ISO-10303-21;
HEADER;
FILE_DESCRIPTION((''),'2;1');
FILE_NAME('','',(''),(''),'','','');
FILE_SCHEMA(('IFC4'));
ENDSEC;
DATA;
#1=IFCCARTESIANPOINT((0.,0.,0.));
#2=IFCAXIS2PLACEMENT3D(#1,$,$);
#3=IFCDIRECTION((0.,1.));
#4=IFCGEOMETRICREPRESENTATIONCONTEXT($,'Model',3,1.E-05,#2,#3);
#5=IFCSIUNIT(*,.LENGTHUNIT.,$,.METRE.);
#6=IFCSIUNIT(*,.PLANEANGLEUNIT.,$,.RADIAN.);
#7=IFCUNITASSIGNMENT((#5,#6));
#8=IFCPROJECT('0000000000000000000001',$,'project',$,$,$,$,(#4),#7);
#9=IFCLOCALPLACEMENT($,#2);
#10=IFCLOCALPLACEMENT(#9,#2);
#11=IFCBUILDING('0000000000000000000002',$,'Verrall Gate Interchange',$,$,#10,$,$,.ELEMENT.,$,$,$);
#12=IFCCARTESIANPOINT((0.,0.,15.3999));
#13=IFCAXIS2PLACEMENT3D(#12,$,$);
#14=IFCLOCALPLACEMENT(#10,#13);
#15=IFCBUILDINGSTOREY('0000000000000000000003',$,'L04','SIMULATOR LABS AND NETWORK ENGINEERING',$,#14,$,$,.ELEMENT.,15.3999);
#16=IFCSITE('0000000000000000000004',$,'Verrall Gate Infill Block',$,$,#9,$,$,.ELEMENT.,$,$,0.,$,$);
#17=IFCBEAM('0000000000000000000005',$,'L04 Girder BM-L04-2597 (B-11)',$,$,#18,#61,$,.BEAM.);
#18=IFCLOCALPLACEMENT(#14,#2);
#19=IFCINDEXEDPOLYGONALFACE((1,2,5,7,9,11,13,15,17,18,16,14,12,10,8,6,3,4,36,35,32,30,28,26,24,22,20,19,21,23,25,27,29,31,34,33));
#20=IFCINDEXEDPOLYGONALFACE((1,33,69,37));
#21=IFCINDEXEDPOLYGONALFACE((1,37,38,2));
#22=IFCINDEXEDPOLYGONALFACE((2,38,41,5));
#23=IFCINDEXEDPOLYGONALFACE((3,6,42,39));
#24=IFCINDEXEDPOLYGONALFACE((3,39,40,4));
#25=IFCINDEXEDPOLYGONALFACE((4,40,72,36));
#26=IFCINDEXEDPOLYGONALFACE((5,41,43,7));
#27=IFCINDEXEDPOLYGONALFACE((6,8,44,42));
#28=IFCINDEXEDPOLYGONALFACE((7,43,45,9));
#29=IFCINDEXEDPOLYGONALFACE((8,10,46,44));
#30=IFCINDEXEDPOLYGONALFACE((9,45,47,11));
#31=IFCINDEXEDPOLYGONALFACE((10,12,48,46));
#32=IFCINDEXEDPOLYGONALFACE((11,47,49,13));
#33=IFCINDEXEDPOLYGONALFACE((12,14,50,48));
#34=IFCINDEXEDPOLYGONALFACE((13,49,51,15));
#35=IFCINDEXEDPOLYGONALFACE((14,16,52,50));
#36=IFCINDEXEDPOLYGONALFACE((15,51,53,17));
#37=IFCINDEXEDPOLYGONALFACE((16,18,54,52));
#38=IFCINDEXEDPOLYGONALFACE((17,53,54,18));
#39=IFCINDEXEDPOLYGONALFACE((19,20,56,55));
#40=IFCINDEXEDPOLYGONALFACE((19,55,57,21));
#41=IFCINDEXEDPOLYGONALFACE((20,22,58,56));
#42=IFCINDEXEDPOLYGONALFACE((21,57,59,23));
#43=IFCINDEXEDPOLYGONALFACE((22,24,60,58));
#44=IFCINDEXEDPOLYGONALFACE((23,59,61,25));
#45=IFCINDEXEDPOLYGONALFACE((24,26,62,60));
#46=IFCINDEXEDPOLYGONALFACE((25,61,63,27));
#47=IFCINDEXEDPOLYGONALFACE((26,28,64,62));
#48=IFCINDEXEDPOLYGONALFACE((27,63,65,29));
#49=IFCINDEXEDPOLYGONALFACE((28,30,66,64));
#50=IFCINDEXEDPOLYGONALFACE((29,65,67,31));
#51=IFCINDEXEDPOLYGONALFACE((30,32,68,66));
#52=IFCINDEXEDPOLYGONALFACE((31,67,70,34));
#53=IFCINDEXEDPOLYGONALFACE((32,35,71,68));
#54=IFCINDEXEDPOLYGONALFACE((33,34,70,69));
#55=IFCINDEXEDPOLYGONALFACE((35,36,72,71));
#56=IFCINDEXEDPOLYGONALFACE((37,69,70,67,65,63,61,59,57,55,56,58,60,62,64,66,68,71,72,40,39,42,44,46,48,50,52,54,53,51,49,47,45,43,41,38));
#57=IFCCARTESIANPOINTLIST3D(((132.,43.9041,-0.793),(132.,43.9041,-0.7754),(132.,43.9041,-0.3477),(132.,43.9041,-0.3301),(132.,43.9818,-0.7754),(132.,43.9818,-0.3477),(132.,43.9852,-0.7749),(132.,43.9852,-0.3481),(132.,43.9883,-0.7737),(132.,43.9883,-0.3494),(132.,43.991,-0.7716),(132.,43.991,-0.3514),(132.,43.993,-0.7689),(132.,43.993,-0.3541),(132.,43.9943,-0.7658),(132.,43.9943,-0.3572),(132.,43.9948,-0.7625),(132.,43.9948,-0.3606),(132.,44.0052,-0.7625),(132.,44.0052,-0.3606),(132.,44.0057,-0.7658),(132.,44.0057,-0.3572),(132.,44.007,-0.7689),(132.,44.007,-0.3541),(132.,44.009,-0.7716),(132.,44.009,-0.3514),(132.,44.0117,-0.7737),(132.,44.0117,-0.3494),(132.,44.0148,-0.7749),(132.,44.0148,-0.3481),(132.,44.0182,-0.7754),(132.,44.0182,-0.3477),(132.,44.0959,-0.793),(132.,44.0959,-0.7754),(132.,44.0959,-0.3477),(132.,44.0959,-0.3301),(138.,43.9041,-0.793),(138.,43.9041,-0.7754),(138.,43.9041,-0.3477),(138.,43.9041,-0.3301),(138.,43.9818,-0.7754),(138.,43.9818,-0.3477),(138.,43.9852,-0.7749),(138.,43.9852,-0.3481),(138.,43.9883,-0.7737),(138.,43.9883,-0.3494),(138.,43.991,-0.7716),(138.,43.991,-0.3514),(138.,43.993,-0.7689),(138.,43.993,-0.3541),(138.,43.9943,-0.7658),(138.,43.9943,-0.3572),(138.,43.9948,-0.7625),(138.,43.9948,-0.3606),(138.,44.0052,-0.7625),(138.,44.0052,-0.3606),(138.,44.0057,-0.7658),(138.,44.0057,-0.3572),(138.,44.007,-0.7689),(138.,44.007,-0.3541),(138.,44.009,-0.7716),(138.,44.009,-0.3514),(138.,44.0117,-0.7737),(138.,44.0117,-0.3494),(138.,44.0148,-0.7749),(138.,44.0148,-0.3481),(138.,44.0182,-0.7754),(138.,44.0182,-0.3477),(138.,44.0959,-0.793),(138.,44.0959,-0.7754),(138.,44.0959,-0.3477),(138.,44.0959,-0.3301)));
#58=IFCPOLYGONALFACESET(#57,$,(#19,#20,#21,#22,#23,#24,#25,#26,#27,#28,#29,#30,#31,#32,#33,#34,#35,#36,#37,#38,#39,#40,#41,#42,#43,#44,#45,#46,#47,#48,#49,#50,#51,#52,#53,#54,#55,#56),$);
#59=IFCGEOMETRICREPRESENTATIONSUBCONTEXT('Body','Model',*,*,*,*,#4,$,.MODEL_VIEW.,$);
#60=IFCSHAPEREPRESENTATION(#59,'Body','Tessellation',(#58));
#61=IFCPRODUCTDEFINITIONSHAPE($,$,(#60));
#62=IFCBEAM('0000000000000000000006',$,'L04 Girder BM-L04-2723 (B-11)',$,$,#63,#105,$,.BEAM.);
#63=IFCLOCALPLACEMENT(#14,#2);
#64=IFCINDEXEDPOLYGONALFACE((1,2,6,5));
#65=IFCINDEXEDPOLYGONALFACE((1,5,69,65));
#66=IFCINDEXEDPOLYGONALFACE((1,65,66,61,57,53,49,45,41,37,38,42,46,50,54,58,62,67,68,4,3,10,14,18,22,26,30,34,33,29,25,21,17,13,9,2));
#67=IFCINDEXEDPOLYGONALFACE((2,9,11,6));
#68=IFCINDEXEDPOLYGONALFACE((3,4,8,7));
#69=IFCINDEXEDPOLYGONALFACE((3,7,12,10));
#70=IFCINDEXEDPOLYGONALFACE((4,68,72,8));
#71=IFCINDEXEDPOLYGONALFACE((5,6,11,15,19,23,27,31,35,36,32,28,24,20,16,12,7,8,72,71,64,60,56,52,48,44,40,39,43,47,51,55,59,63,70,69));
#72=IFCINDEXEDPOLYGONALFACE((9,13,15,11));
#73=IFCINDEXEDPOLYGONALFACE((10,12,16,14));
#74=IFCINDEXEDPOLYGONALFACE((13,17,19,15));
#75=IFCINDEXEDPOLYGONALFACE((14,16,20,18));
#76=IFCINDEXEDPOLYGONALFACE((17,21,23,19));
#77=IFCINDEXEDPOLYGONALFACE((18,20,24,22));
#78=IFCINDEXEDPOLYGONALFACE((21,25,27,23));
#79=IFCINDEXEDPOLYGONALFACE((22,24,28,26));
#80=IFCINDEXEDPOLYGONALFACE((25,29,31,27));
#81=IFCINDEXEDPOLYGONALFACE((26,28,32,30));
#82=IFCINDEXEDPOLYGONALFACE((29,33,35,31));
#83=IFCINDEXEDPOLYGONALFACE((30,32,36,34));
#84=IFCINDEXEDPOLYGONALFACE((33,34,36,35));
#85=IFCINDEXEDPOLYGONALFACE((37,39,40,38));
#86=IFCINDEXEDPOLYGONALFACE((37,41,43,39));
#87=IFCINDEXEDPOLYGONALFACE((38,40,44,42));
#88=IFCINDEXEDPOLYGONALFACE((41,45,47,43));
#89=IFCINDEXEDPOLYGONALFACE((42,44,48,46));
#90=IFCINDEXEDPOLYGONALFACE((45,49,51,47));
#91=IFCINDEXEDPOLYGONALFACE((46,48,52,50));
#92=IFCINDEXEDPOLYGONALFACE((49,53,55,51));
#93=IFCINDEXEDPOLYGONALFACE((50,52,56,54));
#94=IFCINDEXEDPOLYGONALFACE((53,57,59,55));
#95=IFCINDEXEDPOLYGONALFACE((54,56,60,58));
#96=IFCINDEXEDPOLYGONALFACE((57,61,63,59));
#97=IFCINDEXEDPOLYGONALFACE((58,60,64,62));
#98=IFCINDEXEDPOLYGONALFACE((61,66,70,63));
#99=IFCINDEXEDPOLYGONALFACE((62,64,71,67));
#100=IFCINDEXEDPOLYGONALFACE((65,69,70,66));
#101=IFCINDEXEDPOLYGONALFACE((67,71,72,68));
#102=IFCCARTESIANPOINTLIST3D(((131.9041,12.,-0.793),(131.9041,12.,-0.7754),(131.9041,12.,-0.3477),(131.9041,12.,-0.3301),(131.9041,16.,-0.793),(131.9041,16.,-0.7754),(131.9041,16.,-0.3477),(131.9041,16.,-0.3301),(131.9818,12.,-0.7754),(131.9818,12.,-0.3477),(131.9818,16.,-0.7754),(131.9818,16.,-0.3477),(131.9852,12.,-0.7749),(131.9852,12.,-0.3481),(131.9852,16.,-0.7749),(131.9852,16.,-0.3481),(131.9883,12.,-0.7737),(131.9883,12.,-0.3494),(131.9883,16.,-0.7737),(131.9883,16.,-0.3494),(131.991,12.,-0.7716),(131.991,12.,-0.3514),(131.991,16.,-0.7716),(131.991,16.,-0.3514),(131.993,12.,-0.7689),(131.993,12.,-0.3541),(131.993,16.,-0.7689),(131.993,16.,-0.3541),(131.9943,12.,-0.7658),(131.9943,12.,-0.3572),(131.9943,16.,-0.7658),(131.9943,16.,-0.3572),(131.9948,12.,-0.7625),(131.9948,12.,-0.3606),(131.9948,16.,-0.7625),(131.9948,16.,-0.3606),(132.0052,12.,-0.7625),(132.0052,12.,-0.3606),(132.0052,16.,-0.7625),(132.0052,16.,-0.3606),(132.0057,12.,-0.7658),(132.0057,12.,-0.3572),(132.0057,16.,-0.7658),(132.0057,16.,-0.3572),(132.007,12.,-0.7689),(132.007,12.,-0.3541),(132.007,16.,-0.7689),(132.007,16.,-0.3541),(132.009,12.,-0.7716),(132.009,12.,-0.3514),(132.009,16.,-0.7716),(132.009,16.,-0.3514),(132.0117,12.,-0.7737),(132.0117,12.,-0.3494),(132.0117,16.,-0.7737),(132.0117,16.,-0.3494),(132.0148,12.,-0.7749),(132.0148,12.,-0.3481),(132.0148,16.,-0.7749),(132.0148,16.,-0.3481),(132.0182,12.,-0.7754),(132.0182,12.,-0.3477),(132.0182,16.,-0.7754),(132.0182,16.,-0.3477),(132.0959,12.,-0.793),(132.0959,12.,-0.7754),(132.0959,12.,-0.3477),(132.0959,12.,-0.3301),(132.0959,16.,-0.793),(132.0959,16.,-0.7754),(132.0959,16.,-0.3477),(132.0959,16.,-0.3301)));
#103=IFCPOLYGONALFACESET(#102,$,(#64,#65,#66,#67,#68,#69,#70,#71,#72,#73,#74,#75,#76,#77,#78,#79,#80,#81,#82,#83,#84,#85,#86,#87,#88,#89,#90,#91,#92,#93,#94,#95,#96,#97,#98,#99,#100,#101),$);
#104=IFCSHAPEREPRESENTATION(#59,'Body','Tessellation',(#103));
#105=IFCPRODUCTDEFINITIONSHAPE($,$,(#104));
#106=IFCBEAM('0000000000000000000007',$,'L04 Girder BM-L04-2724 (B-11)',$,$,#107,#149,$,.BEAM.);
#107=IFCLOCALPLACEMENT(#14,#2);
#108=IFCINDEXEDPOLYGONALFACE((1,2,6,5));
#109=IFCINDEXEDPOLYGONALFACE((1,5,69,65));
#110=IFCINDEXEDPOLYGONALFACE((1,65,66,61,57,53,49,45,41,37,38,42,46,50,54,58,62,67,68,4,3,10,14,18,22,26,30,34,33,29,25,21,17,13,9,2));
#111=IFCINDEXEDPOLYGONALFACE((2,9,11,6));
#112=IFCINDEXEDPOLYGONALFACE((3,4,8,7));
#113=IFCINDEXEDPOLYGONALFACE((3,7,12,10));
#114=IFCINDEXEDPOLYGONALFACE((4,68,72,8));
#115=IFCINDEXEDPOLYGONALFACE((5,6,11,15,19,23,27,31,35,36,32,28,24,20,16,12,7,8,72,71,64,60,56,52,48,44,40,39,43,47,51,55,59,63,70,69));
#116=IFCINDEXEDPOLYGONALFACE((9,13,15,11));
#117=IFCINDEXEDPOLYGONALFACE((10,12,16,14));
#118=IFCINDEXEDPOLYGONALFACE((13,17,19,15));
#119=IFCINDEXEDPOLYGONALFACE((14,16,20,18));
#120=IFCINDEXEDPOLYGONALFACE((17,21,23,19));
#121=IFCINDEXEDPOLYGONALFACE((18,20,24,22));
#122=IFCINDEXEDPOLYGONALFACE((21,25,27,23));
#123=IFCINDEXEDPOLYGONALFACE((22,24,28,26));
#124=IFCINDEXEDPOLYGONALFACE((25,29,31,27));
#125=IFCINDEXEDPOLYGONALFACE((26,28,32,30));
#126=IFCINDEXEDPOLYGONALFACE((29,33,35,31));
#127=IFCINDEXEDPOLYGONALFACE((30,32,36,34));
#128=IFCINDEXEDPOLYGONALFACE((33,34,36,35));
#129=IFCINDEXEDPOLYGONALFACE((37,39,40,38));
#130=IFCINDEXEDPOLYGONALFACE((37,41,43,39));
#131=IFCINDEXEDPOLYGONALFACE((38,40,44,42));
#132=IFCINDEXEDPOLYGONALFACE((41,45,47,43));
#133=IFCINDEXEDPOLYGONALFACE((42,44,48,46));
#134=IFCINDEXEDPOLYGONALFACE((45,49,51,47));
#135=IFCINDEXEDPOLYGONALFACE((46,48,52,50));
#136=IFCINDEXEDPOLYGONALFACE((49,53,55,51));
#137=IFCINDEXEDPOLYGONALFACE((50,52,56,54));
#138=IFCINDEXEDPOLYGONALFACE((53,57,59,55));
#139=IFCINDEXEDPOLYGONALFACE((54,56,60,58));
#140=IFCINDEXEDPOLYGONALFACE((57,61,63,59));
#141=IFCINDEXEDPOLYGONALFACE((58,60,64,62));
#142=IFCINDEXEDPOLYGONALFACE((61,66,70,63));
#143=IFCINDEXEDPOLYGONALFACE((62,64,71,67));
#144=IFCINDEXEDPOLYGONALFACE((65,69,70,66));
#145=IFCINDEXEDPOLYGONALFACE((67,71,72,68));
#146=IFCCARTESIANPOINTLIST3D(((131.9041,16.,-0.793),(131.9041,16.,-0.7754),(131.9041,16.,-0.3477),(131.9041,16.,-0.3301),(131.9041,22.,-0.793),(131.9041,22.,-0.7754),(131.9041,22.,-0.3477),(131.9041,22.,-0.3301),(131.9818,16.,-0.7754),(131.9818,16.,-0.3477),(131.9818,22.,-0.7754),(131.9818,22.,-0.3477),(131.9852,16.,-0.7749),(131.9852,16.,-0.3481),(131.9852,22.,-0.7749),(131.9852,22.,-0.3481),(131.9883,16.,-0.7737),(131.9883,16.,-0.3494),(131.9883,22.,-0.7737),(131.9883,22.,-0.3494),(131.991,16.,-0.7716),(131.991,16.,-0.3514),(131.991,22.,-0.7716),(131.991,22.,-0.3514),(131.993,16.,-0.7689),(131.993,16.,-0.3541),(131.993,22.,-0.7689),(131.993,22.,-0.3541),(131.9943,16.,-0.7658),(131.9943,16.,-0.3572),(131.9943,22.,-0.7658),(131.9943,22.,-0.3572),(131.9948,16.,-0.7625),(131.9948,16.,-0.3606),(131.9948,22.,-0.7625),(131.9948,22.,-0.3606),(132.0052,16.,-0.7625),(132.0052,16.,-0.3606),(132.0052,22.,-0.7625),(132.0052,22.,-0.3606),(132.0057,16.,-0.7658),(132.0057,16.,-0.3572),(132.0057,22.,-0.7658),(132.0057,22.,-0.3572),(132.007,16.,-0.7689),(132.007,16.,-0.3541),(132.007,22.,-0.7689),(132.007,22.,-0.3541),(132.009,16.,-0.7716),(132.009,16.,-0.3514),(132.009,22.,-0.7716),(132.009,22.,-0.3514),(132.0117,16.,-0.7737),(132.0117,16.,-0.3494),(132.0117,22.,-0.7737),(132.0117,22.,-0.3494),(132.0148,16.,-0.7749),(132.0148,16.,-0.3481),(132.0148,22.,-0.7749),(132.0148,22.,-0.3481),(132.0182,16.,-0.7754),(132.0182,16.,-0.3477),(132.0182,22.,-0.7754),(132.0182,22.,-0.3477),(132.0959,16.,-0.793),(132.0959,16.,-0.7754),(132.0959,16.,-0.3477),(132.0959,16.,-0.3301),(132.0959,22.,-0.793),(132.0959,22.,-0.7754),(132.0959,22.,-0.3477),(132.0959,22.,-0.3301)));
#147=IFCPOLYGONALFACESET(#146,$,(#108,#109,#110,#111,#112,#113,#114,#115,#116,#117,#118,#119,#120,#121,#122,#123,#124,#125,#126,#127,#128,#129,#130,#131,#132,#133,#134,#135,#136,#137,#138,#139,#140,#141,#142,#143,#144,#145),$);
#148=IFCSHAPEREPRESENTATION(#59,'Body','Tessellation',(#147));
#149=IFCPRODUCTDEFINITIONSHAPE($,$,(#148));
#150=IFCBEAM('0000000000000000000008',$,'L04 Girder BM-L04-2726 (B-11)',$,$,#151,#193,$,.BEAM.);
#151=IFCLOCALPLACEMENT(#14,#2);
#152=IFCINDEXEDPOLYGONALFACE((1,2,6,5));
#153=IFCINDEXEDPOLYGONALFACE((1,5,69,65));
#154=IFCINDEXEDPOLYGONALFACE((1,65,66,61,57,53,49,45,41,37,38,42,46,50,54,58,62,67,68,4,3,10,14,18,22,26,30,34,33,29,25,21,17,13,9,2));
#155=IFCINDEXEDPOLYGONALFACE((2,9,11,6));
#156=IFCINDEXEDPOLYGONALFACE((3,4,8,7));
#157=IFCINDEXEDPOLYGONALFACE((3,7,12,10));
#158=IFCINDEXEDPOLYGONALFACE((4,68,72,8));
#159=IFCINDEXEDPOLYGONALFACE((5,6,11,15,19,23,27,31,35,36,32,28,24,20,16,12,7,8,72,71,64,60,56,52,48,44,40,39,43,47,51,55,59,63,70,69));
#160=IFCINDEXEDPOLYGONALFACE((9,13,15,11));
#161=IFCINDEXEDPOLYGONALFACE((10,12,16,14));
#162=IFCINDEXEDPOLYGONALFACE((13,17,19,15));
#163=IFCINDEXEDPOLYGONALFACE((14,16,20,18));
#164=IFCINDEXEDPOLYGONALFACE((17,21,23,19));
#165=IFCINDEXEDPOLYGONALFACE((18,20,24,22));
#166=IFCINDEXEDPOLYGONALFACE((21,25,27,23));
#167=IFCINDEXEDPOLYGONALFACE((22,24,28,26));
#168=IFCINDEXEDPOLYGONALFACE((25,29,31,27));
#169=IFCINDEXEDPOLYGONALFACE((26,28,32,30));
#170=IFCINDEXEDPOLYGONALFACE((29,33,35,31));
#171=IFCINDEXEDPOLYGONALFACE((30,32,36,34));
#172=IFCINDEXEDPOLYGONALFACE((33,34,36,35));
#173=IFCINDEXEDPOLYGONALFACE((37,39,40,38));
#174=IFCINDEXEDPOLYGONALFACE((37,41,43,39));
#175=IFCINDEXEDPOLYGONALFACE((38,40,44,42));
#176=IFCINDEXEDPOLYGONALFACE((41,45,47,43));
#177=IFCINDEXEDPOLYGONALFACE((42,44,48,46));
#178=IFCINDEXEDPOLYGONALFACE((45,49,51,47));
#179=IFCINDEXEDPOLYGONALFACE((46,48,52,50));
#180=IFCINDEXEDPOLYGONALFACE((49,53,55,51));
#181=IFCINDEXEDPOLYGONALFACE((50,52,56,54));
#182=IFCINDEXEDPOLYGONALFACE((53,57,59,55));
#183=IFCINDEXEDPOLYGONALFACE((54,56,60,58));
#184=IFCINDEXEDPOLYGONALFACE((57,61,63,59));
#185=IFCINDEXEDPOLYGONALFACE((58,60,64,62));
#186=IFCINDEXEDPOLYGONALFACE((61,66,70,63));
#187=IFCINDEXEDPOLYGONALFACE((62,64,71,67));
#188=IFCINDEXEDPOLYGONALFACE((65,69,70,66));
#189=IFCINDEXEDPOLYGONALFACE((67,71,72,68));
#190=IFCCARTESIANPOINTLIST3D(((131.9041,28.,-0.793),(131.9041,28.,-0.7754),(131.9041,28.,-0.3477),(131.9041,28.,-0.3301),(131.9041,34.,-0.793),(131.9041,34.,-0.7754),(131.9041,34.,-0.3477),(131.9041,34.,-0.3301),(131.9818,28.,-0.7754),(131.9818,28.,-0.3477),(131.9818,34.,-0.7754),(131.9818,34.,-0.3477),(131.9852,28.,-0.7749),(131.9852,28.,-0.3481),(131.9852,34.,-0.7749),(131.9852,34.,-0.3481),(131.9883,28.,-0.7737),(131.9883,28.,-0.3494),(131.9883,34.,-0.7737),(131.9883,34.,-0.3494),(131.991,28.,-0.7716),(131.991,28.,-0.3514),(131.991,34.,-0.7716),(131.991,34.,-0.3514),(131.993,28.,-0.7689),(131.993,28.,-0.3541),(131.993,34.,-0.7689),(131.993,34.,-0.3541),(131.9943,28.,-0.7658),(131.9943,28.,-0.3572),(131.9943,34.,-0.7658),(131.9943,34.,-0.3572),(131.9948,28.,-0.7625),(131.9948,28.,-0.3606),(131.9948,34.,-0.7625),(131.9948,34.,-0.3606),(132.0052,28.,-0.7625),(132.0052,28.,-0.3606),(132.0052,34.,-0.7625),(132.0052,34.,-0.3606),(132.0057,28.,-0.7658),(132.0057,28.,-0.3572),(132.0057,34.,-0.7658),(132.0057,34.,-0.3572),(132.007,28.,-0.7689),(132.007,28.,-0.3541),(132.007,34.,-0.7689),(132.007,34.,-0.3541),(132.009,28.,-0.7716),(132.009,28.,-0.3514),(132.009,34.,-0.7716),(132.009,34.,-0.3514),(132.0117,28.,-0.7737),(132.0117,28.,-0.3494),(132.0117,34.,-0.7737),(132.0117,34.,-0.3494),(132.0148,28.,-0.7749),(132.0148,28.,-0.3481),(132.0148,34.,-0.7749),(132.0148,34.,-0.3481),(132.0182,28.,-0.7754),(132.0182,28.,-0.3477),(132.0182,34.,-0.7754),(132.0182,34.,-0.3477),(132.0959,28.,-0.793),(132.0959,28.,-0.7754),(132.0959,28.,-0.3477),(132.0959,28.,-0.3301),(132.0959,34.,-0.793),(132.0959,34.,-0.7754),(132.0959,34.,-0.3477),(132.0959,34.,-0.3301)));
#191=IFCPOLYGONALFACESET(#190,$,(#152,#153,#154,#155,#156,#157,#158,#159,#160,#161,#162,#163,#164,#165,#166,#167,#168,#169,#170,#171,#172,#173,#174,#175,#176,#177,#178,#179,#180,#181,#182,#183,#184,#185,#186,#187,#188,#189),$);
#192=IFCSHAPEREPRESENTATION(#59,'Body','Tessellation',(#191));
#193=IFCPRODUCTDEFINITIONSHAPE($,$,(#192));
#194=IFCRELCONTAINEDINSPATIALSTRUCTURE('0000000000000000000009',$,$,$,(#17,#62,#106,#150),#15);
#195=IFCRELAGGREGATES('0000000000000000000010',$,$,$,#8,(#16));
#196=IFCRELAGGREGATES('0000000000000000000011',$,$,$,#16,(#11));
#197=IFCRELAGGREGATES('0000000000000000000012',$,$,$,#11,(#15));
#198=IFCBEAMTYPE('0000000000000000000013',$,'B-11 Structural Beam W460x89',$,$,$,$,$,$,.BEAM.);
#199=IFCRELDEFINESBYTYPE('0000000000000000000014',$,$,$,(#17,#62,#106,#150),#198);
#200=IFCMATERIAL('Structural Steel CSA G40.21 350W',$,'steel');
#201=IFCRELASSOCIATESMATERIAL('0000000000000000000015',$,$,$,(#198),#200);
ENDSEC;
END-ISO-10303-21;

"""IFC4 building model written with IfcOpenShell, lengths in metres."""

from ifc_helpers import new_model, si_unit, direction, frame, origin, origin_2d, place, context, subcontext, project, spatial, i_section, extrude, material, material_profile, profile_set, type_object, element, save


model = new_model("IFC4")

# Units and contexts
model_context = context("Model", 3, precision=1e-05, world=origin(), true_north=direction((0.0, 1.0)))
body_context = subcontext(model_context, "Body", "Model", "MODEL_VIEW")
ifc_project = project(units=[si_unit("LENGTHUNIT", "METRE"), si_unit("PLANEANGLEUNIT", "RADIAN")], contexts=[model_context])

# Site, building, storey
site_placement = place(None, origin())
site = spatial("IfcSite", under=ifc_project, at=site_placement, Name="Verrall Gate Infill Block", CompositionType="ELEMENT", RefElevation=0.0)
building_placement = place(site_placement, origin())
building = spatial("IfcBuilding", under=site, at=building_placement, Name="Verrall Gate Interchange", CompositionType="ELEMENT")
storey_placement = place(building_placement, frame((0.0, 0.0, 15.3999)))
storey = spatial("IfcBuildingStorey", under=building, at=storey_placement, Name="L04", Description="SIMULATOR LABS AND NETWORK ENGINEERING", CompositionType="ELEMENT", Elevation=15.3999)

# Beams
ifc_material_1 = material(Name="Structural Steel CSA G40.21 350W", Category="steel")
ifc_material_profile_1 = material_profile(ifc_material_1, i_section(OverallWidth=0.1919, OverallDepth=0.4629, WebThickness=0.0105, FlangeThickness=0.0176, FilletRadius=0.0129, at=origin_2d()), Name="W460x89")
ifc_profile_set_1 = profile_set([ifc_material_profile_1], Name="Structural Steel CSA G40.21 350W")
beam_type_1 = type_object("IfcBeamType", Name="B-11 Structural Beam W460x89", PredefinedType="BEAM", material=ifc_profile_set_1)
for number, where, z_axis, x_axis, name in (
    (1, (132.0, 44.0, -0.5615), (1.0, 0.0, 0.0), (0.0, 1.0, 0.0), "L04 Girder BM-L04-2597 (B-11)"),
):
    element("IfcBeam", number, at=place(storey_placement, frame(where, z_axis=z_axis, x_axis=x_axis)), inside=storey, type_object=beam_type_1, Name=name, PredefinedType="BEAM", context=body_context, shape_type="SweptSolid", body=[
        extrude(i_section(OverallWidth=0.1919, OverallDepth=0.4629, WebThickness=0.0105, FlangeThickness=0.0176, FilletRadius=0.0129, at=origin_2d()), origin(), (0.0, 0.0, 1.0), 6.0),
    ])
beam_1_placement = place(storey_placement, frame((132.0, 12.0, -0.5615), z_axis=(0.0, 1.0, 0.0), x_axis=(-1.0, 0.0, 0.0)))
element("IfcBeam", 2, at=beam_1_placement, inside=storey, type_object=beam_type_1, Name="L04 Girder BM-L04-2723 (B-11)", PredefinedType="BEAM", context=body_context, shape_type="SweptSolid", body=[
    extrude(i_section(OverallWidth=0.1919, OverallDepth=0.4629, WebThickness=0.0105, FlangeThickness=0.0176, FilletRadius=0.0129, at=origin_2d()), origin(), (0.0, 0.0, 1.0), 4.0),
])
for number, where, z_axis, x_axis, name in (
    (3, (132.0, 16.0, -0.5615), (0.0, 1.0, 0.0), (-1.0, 0.0, 0.0), "L04 Girder BM-L04-2724 (B-11)"),
    (4, (132.0, 28.0, -0.5615), (0.0, 1.0, 0.0), (-1.0, 0.0, 0.0), "L04 Girder BM-L04-2726 (B-11)"),
):
    element("IfcBeam", number, at=place(storey_placement, frame(where, z_axis=z_axis, x_axis=x_axis)), inside=storey, type_object=beam_type_1, Name=name, PredefinedType="BEAM", context=body_context, shape_type="SweptSolid", body=[
        extrude(i_section(OverallWidth=0.1919, OverallDepth=0.4629, WebThickness=0.0105, FlangeThickness=0.0176, FilletRadius=0.0129, at=origin_2d()), origin(), (0.0, 0.0, 1.0), 6.0),
    ])

save(model, "model.ifc")
